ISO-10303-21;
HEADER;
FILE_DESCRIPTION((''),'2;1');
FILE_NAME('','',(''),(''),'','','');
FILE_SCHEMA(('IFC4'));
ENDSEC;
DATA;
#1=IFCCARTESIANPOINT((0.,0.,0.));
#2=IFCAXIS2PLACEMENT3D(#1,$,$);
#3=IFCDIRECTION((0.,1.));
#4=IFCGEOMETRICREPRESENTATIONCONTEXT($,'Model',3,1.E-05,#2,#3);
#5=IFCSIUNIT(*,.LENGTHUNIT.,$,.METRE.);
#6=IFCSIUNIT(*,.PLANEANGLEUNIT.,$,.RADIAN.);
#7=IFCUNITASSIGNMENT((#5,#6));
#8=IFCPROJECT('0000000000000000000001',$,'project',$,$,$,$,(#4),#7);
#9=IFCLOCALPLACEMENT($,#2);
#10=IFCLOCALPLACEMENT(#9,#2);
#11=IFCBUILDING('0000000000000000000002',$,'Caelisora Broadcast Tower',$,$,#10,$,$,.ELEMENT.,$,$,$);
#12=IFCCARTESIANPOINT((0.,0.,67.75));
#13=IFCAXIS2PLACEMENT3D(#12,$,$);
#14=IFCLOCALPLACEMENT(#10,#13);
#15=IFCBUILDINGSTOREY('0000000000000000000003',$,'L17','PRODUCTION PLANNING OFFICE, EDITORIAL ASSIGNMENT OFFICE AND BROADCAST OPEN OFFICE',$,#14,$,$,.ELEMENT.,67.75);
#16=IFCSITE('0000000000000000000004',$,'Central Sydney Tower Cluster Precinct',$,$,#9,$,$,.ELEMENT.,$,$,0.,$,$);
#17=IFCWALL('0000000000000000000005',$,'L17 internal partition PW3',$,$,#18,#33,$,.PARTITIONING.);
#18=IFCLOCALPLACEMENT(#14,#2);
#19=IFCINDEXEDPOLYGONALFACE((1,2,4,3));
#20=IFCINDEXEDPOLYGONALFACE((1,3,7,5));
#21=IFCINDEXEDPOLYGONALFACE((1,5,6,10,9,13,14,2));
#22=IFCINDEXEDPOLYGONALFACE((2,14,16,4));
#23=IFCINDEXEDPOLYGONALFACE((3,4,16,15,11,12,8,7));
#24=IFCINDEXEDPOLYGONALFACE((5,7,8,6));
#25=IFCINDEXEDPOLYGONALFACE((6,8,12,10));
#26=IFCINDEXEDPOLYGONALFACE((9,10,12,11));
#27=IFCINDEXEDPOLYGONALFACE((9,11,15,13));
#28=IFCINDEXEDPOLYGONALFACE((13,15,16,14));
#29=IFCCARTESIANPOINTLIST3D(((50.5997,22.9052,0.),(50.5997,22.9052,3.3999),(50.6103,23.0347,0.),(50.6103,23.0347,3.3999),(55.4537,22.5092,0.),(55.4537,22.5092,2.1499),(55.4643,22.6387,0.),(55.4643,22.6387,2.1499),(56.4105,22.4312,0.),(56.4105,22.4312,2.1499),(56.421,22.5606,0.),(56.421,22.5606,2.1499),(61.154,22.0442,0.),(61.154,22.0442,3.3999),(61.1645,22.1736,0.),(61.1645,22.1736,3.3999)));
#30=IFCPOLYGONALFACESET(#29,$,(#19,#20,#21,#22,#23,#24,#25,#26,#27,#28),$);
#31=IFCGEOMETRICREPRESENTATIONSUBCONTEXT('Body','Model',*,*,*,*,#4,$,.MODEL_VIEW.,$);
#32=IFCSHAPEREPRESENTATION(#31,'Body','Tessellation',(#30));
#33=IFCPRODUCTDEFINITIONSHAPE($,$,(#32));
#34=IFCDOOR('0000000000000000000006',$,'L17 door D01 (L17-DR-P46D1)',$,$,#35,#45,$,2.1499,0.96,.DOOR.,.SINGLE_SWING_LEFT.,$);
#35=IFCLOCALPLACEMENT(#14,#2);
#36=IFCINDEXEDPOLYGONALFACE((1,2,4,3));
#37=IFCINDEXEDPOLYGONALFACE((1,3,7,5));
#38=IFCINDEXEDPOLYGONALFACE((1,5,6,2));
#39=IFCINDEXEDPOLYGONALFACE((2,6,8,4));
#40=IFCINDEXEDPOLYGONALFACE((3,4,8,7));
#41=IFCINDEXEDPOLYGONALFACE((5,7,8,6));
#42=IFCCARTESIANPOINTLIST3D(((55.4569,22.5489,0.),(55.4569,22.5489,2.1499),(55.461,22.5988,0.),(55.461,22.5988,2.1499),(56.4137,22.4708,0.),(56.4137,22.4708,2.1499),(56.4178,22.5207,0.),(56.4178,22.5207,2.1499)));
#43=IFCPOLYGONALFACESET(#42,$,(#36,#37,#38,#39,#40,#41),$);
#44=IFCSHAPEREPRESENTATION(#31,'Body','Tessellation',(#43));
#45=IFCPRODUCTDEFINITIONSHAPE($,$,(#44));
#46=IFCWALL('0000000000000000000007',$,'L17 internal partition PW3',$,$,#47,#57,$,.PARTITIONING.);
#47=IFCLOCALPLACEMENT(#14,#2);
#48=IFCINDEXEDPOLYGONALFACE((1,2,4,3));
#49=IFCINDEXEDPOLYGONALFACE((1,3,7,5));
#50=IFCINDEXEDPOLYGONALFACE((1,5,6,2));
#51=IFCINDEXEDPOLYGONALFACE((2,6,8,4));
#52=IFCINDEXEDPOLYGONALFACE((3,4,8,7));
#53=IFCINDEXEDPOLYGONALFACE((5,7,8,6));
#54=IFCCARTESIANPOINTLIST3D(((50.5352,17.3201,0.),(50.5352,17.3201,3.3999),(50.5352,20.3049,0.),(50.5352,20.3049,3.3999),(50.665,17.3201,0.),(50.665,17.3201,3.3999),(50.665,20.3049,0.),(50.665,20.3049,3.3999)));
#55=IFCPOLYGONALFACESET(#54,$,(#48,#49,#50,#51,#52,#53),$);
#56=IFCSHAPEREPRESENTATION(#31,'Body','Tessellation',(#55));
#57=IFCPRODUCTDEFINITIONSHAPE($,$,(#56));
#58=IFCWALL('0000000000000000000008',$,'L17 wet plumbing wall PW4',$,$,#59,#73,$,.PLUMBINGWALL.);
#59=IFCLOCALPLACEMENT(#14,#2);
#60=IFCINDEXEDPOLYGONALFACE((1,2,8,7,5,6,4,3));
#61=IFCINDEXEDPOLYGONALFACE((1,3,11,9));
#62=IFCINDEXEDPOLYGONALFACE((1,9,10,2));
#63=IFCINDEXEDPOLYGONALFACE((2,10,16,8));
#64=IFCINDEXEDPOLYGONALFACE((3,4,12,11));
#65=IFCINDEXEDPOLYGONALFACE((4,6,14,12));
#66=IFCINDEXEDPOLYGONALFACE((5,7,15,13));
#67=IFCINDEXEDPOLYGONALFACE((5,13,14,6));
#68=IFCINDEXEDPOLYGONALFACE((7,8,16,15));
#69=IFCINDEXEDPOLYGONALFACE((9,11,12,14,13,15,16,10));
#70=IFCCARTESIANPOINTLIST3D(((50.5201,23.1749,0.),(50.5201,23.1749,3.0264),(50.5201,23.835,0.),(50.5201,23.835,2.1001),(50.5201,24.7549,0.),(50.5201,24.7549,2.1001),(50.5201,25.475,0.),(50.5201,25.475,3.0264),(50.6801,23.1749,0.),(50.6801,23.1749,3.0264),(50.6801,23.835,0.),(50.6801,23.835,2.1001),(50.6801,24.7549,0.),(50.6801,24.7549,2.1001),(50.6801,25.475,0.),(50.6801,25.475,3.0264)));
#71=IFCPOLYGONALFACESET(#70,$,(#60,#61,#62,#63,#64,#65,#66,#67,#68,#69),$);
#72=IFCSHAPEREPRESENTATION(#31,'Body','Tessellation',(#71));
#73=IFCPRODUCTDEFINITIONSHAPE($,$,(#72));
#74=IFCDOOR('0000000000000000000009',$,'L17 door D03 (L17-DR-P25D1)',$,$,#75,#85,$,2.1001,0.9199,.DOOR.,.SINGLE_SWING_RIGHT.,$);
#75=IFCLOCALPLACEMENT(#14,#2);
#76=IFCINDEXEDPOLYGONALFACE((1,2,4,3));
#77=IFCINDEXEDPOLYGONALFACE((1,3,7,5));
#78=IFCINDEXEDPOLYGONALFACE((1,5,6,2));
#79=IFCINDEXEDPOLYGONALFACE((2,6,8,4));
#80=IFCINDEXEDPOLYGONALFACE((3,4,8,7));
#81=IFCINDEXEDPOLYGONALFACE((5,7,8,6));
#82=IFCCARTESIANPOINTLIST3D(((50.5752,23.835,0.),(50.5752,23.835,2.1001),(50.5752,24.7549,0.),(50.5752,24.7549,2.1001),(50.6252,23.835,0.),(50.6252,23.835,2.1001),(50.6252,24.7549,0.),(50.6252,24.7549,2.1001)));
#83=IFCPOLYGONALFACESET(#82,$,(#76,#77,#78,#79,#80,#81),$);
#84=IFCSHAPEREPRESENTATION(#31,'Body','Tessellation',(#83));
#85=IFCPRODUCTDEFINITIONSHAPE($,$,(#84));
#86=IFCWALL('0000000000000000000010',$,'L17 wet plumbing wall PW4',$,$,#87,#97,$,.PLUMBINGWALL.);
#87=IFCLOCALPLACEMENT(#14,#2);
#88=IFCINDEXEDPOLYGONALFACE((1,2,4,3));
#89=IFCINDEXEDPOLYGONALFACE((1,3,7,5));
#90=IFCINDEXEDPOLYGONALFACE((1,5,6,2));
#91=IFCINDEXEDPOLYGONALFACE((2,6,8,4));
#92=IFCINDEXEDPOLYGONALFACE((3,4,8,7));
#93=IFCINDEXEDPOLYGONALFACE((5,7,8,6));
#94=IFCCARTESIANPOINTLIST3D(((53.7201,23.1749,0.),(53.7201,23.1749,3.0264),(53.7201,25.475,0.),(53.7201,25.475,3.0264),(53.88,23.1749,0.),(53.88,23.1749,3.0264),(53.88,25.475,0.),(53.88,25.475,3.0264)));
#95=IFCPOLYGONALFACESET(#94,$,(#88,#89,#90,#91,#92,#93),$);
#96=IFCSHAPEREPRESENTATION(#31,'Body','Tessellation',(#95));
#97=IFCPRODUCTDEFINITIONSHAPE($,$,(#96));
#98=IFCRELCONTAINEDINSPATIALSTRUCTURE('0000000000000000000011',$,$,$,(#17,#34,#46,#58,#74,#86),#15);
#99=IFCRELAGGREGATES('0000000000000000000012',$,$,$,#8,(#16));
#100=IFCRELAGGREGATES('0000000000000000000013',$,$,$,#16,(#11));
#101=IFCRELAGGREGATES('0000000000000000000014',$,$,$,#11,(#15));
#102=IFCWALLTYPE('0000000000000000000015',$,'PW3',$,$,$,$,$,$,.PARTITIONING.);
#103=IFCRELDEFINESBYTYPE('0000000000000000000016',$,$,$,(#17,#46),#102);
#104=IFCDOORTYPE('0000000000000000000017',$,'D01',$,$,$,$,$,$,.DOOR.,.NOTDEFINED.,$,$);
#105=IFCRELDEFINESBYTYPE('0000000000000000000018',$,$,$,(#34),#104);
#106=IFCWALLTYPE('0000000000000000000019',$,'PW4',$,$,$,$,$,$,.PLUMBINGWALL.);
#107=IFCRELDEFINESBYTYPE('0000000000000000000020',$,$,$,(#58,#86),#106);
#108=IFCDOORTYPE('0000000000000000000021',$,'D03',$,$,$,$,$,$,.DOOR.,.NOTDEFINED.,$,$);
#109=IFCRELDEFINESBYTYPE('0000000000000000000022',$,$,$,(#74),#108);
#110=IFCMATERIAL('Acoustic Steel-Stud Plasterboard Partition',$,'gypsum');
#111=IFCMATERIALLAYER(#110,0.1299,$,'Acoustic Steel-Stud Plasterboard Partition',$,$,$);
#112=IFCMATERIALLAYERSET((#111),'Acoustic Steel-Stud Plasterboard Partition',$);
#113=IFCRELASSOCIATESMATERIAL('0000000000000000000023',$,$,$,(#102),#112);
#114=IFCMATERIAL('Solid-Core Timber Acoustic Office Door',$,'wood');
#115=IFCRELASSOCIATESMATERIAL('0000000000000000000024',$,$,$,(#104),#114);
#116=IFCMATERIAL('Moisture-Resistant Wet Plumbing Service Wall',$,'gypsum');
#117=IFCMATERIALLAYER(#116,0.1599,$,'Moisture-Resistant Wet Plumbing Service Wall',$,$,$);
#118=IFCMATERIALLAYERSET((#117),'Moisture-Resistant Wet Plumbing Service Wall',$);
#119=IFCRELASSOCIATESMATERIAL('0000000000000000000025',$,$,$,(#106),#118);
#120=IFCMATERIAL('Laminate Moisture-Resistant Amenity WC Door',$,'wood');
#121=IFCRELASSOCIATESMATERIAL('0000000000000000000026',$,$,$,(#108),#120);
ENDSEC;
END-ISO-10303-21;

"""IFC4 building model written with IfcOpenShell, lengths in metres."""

from ifc_helpers import new_model, si_unit, direction, frame, frame_2d, origin, place, context, subcontext, project, spatial, rectangle, extrude, material, layer, layer_set, type_object, element, fill, save


model = new_model("IFC4")

# Units and contexts
model_context = context("Model", 3, precision=1e-05, world=origin(), true_north=direction((0.0, 1.0)))
body_context = subcontext(model_context, "Body", "Model", "MODEL_VIEW")
ifc_project = project(units=[si_unit("LENGTHUNIT", "METRE"), si_unit("PLANEANGLEUNIT", "RADIAN")], contexts=[model_context])

# Site, building, storey
site_placement = place(None, origin())
site = spatial("IfcSite", under=ifc_project, at=site_placement, Name="Central Sydney Tower Cluster Precinct", CompositionType="ELEMENT", RefElevation=0.0)
building_placement = place(site_placement, origin())
building = spatial("IfcBuilding", under=site, at=building_placement, Name="Caelisora Broadcast Tower", CompositionType="ELEMENT")
storey_placement = place(building_placement, frame((0.0, 0.0, 67.75)))
storey = spatial("IfcBuildingStorey", under=building, at=storey_placement, Name="L17", Description="PRODUCTION PLANNING OFFICE, EDITORIAL ASSIGNMENT OFFICE AND BROADCAST OPEN OFFICE", CompositionType="ELEMENT", Elevation=67.75)

# Shared definitions
ifc_material_1 = material(Name="Acoustic Steel-Stud Plasterboard Partition", Category="gypsum")
ifc_layer_1 = layer(ifc_material_1, 0.1299, Name="Acoustic Steel-Stud Plasterboard Partition")
ifc_layer_set_1 = layer_set([ifc_layer_1], Name="Acoustic Steel-Stud Plasterboard Partition")
wall_type_1 = type_object("IfcWallType", Name="PW3", PredefinedType="PARTITIONING", material=ifc_layer_set_1)

# Wall, opening, door
wall_1_placement = place(storey_placement, frame((50.605, 22.97, 0.0), z_axis=(0.0, 0.0, 1.0), x_axis=(0.996688, -0.081317, 0.0)))
wall_1 = element("IfcWall", 1, at=wall_1_placement, inside=storey, type_object=wall_type_1, Name="L17 internal partition PW3", PredefinedType="PARTITIONING", context=body_context, shape_type="SweptSolid", body=[
    extrude(rectangle(XDim=10.5894, YDim=0.1299, at=frame_2d((5.2947, 0.0))), origin(), (0.0, 0.0, 1.0), 3.3999),
])
opening_1_placement = place(wall_1_placement, frame((4.8701, 0.0, 0.0)))
opening_1 = element("IfcOpeningElement", 2, at=opening_1_placement, cuts=wall_1, PredefinedType="OPENING", context=body_context, shape_type="SweptSolid", body=[
    extrude(rectangle(XDim=0.96, YDim=2.1499, at=frame_2d((0.48, 1.075))), frame((0.0, 0.0769, 0.0), z_axis=(0.0, -1.0, 0.0), x_axis=(1.0, 0.0, 0.0)), (0.0, 0.0, 1.0), 0.1538),
])
ifc_material_2 = material(Name="Solid-Core Timber Acoustic Office Door", Category="wood")
door_type_1 = type_object("IfcDoorType", Name="D01", OperationType="NOTDEFINED", PredefinedType="DOOR", material=ifc_material_2)
door_1_placement = place(opening_1_placement, origin())
door_1 = element("IfcDoor", 3, at=door_1_placement, inside=storey, type_object=door_type_1, Name="L17 door D01 (L17-DR-P46D1)", OperationType="SINGLE_SWING_LEFT", OverallHeight=2.1499, OverallWidth=0.96, PredefinedType="DOOR", context=body_context, shape_type="SweptSolid", body=[
    extrude(rectangle(XDim=0.96, YDim=2.1499, at=frame_2d((0.48, 1.075))), frame((0.0, 0.0249, 0.0), z_axis=(0.0, -1.0, 0.0), x_axis=(1.0, 0.0, 0.0)), (0.0, 0.0, 1.0), 0.05),
])
fill(opening_1, door_1)

# Wall
wall_2_placement = place(storey_placement, frame((50.6001, 17.3201, 0.0), z_axis=(0.0, 0.0, 1.0), x_axis=(0.0, 1.0, 0.0)))
element("IfcWall", 4, at=wall_2_placement, inside=storey, type_object=wall_type_1, Name="L17 internal partition PW3", PredefinedType="PARTITIONING", context=body_context, shape_type="SweptSolid", body=[
    extrude(rectangle(XDim=2.9849, YDim=0.1299, at=frame_2d((1.4924, 0.0))), origin(), (0.0, 0.0, 1.0), 3.3999),
])

# Wall, opening, door
ifc_material_3 = material(Name="Moisture-Resistant Wet Plumbing Service Wall", Category="gypsum")
ifc_layer_2 = layer(ifc_material_3, 0.1599, Name="Moisture-Resistant Wet Plumbing Service Wall")
ifc_layer_set_2 = layer_set([ifc_layer_2], Name="Moisture-Resistant Wet Plumbing Service Wall")
wall_type_2 = type_object("IfcWallType", Name="PW4", PredefinedType="PLUMBINGWALL", material=ifc_layer_set_2)
wall_3_placement = place(storey_placement, frame((50.6001, 23.175, 0.0), z_axis=(0.0, 0.0, 1.0), x_axis=(0.0, 1.0, 0.0)))
wall_3 = element("IfcWall", 5, at=wall_3_placement, inside=storey, type_object=wall_type_2, Name="L17 wet plumbing wall PW4", PredefinedType="PLUMBINGWALL", context=body_context, shape_type="SweptSolid", body=[
    extrude(rectangle(XDim=2.3, YDim=0.1599, at=frame_2d((1.1499, 0.0))), origin(), (0.0, 0.0, 1.0), 3.0264),
])
opening_2_placement = place(wall_3_placement, frame((0.6599, 0.0, 0.0)))
opening_2 = element("IfcOpeningElement", 6, at=opening_2_placement, cuts=wall_3, PredefinedType="OPENING", context=body_context, shape_type="SweptSolid", body=[
    extrude(rectangle(XDim=0.9199, YDim=2.1001, at=frame_2d((0.46, 1.05))), frame((0.0, 0.092, 0.0), z_axis=(0.0, -1.0, 0.0), x_axis=(1.0, 0.0, 0.0)), (0.0, 0.0, 1.0), 0.1838),
])
ifc_material_4 = material(Name="Laminate Moisture-Resistant Amenity WC Door", Category="wood")
door_type_2 = type_object("IfcDoorType", Name="D03", OperationType="NOTDEFINED", PredefinedType="DOOR", material=ifc_material_4)
door_2_placement = place(opening_2_placement, origin())
door_2 = element("IfcDoor", 7, at=door_2_placement, inside=storey, type_object=door_type_2, Name="L17 door D03 (L17-DR-P25D1)", OperationType="SINGLE_SWING_RIGHT", OverallHeight=2.1001, OverallWidth=0.9199, PredefinedType="DOOR", context=body_context, shape_type="SweptSolid", body=[
    extrude(rectangle(XDim=0.9199, YDim=2.1001, at=frame_2d((0.46, 1.05))), frame((0.0, 0.0249, 0.0), z_axis=(0.0, -1.0, 0.0), x_axis=(1.0, 0.0, 0.0)), (0.0, 0.0, 1.0), 0.05),
])
fill(opening_2, door_2)

# Wall
wall_4_placement = place(storey_placement, frame((53.8, 23.175, 0.0), z_axis=(0.0, 0.0, 1.0), x_axis=(0.0, 1.0, 0.0)))
element("IfcWall", 8, at=wall_4_placement, inside=storey, type_object=wall_type_2, Name="L17 wet plumbing wall PW4", PredefinedType="PLUMBINGWALL", context=body_context, shape_type="SweptSolid", body=[
    extrude(rectangle(XDim=2.3, YDim=0.1599, at=frame_2d((1.1499, 0.0))), origin(), (0.0, 0.0, 1.0), 3.0264),
])

save(model, "model.ifc")
